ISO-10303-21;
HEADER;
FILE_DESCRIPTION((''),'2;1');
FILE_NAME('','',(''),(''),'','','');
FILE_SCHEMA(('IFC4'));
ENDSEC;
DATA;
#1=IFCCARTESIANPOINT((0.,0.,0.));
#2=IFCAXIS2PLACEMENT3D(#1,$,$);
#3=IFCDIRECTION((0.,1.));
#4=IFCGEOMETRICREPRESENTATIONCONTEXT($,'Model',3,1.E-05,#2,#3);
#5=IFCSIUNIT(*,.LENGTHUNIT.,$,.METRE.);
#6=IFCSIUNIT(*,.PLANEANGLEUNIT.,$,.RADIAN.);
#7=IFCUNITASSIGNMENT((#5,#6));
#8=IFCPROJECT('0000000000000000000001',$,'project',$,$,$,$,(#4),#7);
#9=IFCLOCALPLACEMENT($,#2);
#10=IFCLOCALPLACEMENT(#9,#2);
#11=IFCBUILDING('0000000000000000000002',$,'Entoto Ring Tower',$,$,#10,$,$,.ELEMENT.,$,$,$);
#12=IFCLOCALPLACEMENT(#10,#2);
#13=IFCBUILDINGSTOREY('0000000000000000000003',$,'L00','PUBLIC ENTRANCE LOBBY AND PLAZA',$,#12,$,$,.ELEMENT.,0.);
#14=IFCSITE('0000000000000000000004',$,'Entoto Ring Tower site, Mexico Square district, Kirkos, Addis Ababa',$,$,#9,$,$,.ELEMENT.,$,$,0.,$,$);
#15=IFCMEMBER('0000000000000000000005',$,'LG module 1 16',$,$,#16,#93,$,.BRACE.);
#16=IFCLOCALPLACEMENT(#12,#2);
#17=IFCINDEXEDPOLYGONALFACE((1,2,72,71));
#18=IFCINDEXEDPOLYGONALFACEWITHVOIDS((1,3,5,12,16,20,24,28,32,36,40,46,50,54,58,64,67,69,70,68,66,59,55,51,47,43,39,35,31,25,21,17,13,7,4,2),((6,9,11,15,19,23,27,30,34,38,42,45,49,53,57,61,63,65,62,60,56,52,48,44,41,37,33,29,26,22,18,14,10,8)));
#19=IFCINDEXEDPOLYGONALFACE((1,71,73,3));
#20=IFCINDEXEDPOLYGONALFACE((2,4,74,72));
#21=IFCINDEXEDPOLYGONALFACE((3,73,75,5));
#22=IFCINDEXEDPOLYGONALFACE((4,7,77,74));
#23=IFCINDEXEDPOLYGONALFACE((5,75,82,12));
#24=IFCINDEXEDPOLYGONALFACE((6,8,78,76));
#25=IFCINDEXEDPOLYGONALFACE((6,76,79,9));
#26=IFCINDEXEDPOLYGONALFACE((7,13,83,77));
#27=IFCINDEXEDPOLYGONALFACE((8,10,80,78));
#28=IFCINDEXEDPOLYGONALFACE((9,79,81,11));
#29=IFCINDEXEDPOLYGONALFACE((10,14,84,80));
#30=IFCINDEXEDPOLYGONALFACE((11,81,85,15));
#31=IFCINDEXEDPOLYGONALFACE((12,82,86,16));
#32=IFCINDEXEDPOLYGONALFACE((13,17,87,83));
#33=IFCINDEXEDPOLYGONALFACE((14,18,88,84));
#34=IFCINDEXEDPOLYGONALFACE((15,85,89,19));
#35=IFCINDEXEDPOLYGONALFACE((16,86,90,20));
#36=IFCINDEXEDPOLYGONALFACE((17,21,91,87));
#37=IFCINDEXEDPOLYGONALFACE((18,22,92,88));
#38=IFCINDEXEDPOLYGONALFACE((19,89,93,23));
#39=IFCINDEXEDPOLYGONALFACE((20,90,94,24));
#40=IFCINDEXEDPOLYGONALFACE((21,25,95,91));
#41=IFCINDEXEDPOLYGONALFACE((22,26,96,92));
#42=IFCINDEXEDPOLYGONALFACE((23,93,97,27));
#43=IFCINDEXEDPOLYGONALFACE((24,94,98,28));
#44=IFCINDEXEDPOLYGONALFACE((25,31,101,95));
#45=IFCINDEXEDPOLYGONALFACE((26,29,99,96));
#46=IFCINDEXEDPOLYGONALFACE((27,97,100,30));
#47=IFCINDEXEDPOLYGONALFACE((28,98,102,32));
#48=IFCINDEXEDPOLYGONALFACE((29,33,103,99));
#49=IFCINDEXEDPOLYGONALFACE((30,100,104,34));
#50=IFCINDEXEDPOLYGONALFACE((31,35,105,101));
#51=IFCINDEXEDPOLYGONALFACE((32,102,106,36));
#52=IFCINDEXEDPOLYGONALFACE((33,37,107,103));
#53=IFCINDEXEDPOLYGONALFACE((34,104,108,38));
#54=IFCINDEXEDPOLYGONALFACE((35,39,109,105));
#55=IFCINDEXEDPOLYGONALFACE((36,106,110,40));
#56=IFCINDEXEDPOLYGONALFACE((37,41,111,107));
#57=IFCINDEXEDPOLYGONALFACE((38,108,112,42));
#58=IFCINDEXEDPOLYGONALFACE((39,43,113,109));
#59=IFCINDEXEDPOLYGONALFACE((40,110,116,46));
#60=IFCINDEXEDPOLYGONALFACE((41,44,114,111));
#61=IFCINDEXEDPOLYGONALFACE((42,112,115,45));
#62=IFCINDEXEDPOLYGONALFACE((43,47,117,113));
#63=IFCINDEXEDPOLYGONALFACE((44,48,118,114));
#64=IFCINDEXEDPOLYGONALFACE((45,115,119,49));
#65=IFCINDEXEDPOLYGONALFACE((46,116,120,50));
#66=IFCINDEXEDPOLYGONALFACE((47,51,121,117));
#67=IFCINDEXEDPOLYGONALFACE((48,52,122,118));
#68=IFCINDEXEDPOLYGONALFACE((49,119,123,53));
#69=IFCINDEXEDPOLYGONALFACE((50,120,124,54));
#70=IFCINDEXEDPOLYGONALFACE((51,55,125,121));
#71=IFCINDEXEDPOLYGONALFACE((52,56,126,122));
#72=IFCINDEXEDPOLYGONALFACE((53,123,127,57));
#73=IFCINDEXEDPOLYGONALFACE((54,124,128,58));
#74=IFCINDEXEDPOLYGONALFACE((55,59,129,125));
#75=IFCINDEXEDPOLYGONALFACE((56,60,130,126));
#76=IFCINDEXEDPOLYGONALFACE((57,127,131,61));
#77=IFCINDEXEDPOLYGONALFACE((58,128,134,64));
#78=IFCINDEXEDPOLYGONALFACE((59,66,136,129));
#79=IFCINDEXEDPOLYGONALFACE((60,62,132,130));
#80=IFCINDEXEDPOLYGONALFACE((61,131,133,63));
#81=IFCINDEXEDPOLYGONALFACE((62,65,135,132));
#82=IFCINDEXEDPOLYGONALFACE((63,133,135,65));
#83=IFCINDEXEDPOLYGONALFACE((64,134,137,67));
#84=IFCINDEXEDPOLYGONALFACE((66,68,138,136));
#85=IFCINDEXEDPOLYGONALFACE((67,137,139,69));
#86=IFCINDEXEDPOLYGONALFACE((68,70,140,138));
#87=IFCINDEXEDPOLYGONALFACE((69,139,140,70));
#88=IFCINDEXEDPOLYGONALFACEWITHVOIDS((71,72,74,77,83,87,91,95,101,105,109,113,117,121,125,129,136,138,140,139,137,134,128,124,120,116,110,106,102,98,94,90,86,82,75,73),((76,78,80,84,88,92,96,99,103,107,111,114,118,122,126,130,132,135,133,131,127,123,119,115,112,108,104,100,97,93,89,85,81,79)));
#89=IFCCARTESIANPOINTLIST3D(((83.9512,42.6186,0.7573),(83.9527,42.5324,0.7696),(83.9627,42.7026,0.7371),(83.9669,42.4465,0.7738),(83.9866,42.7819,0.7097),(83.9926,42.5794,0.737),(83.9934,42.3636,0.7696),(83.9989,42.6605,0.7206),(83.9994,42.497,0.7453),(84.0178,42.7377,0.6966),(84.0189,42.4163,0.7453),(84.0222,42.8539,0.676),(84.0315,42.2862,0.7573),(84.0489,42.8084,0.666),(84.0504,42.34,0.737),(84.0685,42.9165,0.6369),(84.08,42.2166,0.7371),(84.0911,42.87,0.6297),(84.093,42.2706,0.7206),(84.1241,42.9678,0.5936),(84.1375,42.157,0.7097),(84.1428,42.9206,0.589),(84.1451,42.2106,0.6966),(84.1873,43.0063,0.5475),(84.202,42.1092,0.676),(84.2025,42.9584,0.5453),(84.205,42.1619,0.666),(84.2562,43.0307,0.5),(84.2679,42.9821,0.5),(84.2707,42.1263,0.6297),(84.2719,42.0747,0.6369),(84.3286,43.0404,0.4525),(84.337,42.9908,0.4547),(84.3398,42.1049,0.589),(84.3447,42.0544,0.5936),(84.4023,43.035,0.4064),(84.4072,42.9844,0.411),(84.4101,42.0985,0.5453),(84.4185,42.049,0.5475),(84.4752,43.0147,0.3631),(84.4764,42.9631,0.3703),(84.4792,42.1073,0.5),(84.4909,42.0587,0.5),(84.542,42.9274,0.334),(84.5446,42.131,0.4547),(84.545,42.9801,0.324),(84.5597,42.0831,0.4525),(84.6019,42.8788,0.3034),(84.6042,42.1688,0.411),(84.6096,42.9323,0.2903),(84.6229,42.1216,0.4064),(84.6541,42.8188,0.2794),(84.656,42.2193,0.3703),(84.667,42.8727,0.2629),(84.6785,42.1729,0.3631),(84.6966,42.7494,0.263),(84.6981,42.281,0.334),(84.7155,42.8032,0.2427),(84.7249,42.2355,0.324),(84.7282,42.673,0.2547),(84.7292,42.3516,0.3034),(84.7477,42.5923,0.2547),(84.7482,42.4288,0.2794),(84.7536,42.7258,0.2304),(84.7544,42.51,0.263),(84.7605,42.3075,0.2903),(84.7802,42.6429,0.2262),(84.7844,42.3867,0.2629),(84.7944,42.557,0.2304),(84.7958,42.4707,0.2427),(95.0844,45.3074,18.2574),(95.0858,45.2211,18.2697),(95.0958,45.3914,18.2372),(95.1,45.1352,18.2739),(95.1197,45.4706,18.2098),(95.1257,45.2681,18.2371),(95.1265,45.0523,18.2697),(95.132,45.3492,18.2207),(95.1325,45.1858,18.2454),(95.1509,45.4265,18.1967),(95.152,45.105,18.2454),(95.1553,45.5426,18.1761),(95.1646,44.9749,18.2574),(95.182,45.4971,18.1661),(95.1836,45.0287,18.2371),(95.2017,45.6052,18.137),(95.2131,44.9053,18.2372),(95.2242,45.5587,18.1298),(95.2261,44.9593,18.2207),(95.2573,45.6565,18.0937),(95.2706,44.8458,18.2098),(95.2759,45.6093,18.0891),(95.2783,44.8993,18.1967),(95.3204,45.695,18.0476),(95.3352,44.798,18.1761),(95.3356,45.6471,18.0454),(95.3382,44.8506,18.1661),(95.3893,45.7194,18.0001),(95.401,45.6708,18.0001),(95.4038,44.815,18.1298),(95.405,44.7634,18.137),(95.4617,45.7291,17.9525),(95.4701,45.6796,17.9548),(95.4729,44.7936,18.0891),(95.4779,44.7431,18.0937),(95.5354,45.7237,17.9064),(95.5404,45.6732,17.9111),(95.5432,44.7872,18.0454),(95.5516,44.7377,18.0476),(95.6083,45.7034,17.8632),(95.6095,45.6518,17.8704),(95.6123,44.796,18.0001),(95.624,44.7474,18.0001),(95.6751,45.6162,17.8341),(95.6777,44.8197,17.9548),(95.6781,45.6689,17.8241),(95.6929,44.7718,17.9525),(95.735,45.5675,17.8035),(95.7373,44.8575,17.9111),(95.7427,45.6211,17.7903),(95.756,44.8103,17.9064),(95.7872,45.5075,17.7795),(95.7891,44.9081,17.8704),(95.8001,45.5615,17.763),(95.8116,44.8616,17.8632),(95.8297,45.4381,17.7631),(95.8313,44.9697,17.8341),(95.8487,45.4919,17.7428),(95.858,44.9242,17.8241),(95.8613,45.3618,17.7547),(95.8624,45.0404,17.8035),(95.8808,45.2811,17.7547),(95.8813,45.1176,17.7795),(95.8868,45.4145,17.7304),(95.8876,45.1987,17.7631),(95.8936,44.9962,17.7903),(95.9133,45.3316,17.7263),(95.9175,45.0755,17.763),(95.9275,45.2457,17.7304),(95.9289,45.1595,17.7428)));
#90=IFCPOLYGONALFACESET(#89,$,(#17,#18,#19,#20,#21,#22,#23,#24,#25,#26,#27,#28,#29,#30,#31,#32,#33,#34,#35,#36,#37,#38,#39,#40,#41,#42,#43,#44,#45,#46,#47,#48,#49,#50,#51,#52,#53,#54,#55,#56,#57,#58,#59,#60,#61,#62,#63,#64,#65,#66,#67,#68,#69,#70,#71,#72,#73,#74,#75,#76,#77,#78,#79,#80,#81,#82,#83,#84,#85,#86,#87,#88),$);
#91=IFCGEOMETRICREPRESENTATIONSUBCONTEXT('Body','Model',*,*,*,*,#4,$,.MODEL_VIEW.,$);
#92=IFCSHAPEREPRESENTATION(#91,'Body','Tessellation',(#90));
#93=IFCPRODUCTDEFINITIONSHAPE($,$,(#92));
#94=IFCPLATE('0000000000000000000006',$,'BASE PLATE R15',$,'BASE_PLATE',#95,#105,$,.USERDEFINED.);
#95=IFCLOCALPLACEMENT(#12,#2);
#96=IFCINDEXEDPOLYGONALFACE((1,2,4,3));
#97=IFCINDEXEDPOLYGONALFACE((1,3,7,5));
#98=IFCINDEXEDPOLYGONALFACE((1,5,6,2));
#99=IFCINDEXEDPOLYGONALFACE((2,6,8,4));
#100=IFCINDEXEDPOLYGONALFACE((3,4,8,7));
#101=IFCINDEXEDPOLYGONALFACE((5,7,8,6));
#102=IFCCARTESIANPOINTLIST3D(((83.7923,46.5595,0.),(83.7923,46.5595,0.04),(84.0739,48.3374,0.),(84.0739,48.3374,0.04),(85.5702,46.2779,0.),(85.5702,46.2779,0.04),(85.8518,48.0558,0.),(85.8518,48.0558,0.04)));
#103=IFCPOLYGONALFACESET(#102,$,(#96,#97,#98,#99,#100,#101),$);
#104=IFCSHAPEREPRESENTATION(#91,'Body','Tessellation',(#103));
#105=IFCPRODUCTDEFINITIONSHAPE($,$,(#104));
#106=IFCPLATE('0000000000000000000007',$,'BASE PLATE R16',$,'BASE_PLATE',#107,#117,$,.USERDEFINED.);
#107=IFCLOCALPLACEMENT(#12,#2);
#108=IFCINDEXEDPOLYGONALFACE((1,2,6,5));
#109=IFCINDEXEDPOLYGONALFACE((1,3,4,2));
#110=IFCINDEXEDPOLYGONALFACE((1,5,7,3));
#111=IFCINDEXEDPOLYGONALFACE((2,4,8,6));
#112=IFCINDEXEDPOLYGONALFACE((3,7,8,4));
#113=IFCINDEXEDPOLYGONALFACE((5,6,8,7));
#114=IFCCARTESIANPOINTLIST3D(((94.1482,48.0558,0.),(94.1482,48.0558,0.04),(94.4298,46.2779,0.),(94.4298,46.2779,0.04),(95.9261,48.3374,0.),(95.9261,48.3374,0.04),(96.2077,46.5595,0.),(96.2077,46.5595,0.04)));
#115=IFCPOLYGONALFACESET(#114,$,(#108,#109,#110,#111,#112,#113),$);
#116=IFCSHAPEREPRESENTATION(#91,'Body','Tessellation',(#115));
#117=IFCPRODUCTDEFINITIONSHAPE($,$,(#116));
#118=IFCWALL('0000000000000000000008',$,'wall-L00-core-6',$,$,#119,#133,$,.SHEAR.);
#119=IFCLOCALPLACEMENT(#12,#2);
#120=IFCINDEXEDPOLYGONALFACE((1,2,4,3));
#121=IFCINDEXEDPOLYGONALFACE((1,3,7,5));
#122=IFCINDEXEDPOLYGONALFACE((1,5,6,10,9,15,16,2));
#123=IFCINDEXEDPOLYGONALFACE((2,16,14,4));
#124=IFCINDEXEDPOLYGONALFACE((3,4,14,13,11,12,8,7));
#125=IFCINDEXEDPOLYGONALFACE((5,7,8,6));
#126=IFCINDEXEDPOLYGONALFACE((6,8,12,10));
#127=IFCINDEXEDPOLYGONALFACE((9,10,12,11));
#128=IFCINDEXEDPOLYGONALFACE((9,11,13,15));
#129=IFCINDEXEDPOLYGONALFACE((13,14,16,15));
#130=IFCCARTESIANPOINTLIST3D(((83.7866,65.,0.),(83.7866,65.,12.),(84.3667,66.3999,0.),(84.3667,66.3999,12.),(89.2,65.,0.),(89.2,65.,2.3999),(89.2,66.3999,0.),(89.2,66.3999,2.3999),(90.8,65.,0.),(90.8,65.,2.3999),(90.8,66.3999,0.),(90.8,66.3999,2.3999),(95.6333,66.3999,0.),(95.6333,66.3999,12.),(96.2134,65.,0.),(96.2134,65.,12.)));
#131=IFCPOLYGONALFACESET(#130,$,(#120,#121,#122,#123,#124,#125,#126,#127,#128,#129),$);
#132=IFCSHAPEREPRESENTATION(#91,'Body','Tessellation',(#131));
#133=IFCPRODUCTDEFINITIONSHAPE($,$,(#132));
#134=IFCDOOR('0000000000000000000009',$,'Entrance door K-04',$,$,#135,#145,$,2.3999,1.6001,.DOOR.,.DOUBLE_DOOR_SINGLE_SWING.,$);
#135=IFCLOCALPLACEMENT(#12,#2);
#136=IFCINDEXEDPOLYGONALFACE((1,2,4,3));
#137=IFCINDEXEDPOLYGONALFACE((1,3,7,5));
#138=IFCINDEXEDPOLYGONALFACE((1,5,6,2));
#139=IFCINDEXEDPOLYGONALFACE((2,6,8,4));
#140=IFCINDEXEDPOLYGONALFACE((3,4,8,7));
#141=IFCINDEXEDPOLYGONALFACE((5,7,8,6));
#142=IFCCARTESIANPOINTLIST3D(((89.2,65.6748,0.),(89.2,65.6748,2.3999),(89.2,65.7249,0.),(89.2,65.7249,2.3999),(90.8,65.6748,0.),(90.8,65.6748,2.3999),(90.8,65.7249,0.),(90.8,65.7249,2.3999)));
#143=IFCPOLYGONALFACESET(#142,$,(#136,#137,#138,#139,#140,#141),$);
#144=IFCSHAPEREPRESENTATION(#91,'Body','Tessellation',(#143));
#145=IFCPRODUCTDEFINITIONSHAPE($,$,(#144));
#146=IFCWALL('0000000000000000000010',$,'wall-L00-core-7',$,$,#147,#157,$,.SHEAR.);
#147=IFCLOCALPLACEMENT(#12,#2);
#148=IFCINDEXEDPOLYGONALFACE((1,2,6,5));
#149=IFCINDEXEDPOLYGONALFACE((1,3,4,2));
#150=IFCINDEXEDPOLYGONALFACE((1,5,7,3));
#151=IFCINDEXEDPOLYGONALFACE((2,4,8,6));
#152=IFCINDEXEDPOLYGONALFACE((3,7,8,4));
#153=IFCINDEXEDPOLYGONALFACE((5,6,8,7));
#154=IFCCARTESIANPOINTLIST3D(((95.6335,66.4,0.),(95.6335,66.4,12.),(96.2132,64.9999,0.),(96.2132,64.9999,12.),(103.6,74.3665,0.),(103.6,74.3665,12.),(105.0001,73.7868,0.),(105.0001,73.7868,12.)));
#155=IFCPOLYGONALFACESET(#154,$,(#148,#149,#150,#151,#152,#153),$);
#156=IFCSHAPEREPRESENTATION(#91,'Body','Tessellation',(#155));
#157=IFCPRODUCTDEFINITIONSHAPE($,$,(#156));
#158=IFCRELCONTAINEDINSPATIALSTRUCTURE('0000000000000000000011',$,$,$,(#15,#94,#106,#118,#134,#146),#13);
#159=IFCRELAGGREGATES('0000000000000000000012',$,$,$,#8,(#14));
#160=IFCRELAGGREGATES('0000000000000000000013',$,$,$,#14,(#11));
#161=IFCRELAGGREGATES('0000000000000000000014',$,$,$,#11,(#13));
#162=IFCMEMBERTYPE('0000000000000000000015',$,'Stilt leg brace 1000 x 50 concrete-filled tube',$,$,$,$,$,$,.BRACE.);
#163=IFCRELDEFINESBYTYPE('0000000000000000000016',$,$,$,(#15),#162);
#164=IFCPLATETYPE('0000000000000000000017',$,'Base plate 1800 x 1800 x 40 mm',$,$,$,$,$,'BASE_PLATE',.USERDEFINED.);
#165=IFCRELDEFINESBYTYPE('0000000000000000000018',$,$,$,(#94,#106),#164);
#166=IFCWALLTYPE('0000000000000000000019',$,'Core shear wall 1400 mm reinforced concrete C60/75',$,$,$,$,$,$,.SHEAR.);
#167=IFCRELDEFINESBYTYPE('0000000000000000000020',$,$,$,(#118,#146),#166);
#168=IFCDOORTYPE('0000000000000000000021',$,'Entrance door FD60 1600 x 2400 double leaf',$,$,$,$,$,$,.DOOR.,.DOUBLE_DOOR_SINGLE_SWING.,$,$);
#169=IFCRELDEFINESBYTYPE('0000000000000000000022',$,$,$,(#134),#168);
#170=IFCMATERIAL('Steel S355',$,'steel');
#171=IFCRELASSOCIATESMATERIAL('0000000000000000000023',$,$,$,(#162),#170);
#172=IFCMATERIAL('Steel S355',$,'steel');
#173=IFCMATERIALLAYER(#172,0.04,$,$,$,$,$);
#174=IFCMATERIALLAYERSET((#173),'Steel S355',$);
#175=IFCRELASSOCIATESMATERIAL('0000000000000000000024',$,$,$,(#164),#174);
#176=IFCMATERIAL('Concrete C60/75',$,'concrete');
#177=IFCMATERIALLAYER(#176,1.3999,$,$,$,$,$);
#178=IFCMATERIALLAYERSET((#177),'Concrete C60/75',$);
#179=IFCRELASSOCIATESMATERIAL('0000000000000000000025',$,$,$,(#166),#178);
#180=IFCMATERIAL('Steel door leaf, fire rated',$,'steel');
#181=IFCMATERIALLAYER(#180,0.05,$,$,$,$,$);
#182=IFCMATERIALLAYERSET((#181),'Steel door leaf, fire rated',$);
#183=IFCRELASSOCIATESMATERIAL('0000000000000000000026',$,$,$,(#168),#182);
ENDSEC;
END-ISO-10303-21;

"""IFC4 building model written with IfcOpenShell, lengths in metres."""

from ifc_helpers import new_model, si_unit, direction, frame, frame_2d, origin, origin_2d, place, context, subcontext, project, spatial, polyline, rectangle, circle, hollow_circle, outline, extrude, material, layer, layer_set, material_profile, profile_set, type_object, element, fill, save


model = new_model("IFC4")

# Units and contexts
model_context = context("Model", 3, precision=1e-05, world=origin(), true_north=direction((0.0, 1.0)))
body_context = subcontext(model_context, "Body", "Model", "MODEL_VIEW")
ifc_project = project(units=[si_unit("LENGTHUNIT", "METRE"), si_unit("PLANEANGLEUNIT", "RADIAN")], contexts=[model_context])

# Site, building, storey
site_placement = place(None, origin())
site = spatial("IfcSite", under=ifc_project, at=site_placement, Name="Entoto Ring Tower site, Mexico Square district, Kirkos, Addis Ababa", CompositionType="ELEMENT", RefElevation=0.0)
building_placement = place(site_placement, origin())
building = spatial("IfcBuilding", under=site, at=building_placement, Name="Entoto Ring Tower", CompositionType="ELEMENT")
storey_placement = place(building_placement, origin())
storey = spatial("IfcBuildingStorey", under=building, at=storey_placement, Name="L00", Description="PUBLIC ENTRANCE LOBBY AND PLAZA", CompositionType="ELEMENT", Elevation=0.0)

# Member
ifc_material_1 = material(Name="Steel S355", Category="steel")
ifc_material_profile_1 = material_profile(ifc_material_1, hollow_circle(Radius=0.5, WallThickness=0.05, at=origin_2d()), Name="CHS 1000 x 50")
ifc_material_2 = material(Name="Concrete C60/75", Category="concrete")
ifc_material_profile_2 = material_profile(ifc_material_2, circle(Radius=0.45, at=origin_2d()), Name="Concrete C60/75 infill")
ifc_profile_set_1 = profile_set([ifc_material_profile_1, ifc_material_profile_2], Name="Steel S355")
member_type = type_object("IfcMemberType", Name="Stilt leg brace 1000 x 50 concrete-filled tube", PredefinedType="BRACE", material=ifc_profile_set_1)
member_placement = place(storey_placement, frame((84.3735, 42.5447, 0.5), z_axis=(0.532308, 0.128557, 0.836733), x_axis=(-0.234759, 0.972054, 0.0)))
element("IfcMember", 1, at=member_placement, inside=storey, type_object=member_type, Name="LG module 1 16", PredefinedType="BRACE", context=body_context, shape_type="SweptSolid", body=[
    extrude(hollow_circle(Radius=0.5, WallThickness=0.05, at=origin_2d()), origin(), (0.0, 0.0, 1.0), 20.9148),
])

# Plates
ifc_material_3 = material(Name="Steel S355", Category="steel")
ifc_layer_1 = layer(ifc_material_3, 0.04)
ifc_layer_set_1 = layer_set([ifc_layer_1], Name="Steel S355")
plate_type = type_object("IfcPlateType", Name="Base plate 1800 x 1800 x 40 mm", ElementType="BASE_PLATE", PredefinedType="USERDEFINED", material=ifc_layer_set_1)
for number, where, z_axis, x_axis, name in (
    (2, (84.822, 47.3076, 0.0), (0.0, 0.0, 1.0), (-0.156434, -0.987688, 0.0), "BASE PLATE R15"),
    (3, (95.178, 47.3076, 0.0), (0.0, 0.0, 1.0), (0.156434, -0.987688, 0.0), "BASE PLATE R16"),
):
    element("IfcPlate", number, at=place(storey_placement, frame(where, z_axis=z_axis, x_axis=x_axis)), inside=storey, type_object=plate_type, Name=name, ObjectType="BASE_PLATE", PredefinedType="USERDEFINED", context=body_context, shape_type="SweptSolid", body=[
        extrude(rectangle(XDim=1.8, YDim=1.8, at=origin_2d()), origin(), (0.0, 0.0, 1.0), 0.04),
    ])

# Wall, opening, door
ifc_material_4 = material(Name="Concrete C60/75", Category="concrete")
ifc_layer_2 = layer(ifc_material_4, 1.3999)
ifc_layer_set_2 = layer_set([ifc_layer_2], Name="Concrete C60/75")
wall_type_1 = type_object("IfcWallType", Name="Core shear wall 1400 mm reinforced concrete C60/75", PredefinedType="SHEAR", material=ifc_layer_set_2)
wall_1_placement = place(storey_placement, frame((84.0767, 65.7, 0.0), z_axis=(0.0, 0.0, 1.0), x_axis=(1.0, 0.0, 0.0)))
wall_1 = element("IfcWall", 4, at=wall_1_placement, inside=storey, type_object=wall_type_1, Name="wall-L00-core-6", PredefinedType="SHEAR", context=body_context, shape_type="SweptSolid", body=[
    extrude(outline(polyline([(-0.29, -0.7), (12.1367, -0.7), (11.5566, 0.7), (0.29, 0.7), (-0.29, -0.7)])), origin(), (0.0, 0.0, 1.0), 12.0),
])
opening_1_placement = place(wall_1_placement, frame((5.1233, 0.0, 0.0)))
opening_1 = element("IfcOpeningElement", 5, at=opening_1_placement, cuts=wall_1, PredefinedType="OPENING", context=body_context, shape_type="SweptSolid", body=[
    extrude(rectangle(XDim=1.6001, YDim=2.3999, at=frame_2d((0.8, 1.2))), frame((0.0, 0.71, 0.0), z_axis=(0.0, -1.0, 0.0), x_axis=(1.0, 0.0, 0.0)), (0.0, 0.0, 1.0), 1.4199),
])
ifc_material_5 = material(Name="Steel door leaf, fire rated", Category="steel")
ifc_layer_3 = layer(ifc_material_5, 0.05)
ifc_layer_set_3 = layer_set([ifc_layer_3], Name="Steel door leaf, fire rated")
door_type_1 = type_object("IfcDoorType", Name="Entrance door FD60 1600 x 2400 double leaf", OperationType="DOUBLE_DOOR_SINGLE_SWING", PredefinedType="DOOR", material=ifc_layer_set_3)
door_1_placement = place(opening_1_placement, origin())
door_1 = element("IfcDoor", 6, at=door_1_placement, inside=storey, type_object=door_type_1, Name="Entrance door K-04", OperationType="DOUBLE_DOOR_SINGLE_SWING", OverallHeight=2.3999, OverallWidth=1.6001, PredefinedType="DOOR", context=body_context, shape_type="SweptSolid", body=[
    extrude(rectangle(XDim=1.6001, YDim=2.3999, at=frame_2d((0.8, 1.2))), frame((0.0, 0.0249, 0.0), z_axis=(0.0, -1.0, 0.0), x_axis=(1.0, 0.0, 0.0)), (0.0, 0.0, 1.0), 0.05),
])
fill(opening_1, door_1)

# Wall
wall_2_placement = place(storey_placement, frame((95.9233, 65.7, 0.0), z_axis=(0.0, 0.0, 1.0), x_axis=(0.707107, 0.707107, 0.0)))
element("IfcWall", 7, at=wall_2_placement, inside=storey, type_object=wall_type_1, Name="wall-L00-core-7", PredefinedType="SHEAR", context=body_context, shape_type="SweptSolid", body=[
    extrude(outline(polyline([(-0.29, -0.7), (12.1365, -0.7), (11.5564, 0.7), (0.29, 0.7), (-0.29, -0.7)])), origin(), (0.0, 0.0, 1.0), 12.0),
])

save(model, "model.ifc")
